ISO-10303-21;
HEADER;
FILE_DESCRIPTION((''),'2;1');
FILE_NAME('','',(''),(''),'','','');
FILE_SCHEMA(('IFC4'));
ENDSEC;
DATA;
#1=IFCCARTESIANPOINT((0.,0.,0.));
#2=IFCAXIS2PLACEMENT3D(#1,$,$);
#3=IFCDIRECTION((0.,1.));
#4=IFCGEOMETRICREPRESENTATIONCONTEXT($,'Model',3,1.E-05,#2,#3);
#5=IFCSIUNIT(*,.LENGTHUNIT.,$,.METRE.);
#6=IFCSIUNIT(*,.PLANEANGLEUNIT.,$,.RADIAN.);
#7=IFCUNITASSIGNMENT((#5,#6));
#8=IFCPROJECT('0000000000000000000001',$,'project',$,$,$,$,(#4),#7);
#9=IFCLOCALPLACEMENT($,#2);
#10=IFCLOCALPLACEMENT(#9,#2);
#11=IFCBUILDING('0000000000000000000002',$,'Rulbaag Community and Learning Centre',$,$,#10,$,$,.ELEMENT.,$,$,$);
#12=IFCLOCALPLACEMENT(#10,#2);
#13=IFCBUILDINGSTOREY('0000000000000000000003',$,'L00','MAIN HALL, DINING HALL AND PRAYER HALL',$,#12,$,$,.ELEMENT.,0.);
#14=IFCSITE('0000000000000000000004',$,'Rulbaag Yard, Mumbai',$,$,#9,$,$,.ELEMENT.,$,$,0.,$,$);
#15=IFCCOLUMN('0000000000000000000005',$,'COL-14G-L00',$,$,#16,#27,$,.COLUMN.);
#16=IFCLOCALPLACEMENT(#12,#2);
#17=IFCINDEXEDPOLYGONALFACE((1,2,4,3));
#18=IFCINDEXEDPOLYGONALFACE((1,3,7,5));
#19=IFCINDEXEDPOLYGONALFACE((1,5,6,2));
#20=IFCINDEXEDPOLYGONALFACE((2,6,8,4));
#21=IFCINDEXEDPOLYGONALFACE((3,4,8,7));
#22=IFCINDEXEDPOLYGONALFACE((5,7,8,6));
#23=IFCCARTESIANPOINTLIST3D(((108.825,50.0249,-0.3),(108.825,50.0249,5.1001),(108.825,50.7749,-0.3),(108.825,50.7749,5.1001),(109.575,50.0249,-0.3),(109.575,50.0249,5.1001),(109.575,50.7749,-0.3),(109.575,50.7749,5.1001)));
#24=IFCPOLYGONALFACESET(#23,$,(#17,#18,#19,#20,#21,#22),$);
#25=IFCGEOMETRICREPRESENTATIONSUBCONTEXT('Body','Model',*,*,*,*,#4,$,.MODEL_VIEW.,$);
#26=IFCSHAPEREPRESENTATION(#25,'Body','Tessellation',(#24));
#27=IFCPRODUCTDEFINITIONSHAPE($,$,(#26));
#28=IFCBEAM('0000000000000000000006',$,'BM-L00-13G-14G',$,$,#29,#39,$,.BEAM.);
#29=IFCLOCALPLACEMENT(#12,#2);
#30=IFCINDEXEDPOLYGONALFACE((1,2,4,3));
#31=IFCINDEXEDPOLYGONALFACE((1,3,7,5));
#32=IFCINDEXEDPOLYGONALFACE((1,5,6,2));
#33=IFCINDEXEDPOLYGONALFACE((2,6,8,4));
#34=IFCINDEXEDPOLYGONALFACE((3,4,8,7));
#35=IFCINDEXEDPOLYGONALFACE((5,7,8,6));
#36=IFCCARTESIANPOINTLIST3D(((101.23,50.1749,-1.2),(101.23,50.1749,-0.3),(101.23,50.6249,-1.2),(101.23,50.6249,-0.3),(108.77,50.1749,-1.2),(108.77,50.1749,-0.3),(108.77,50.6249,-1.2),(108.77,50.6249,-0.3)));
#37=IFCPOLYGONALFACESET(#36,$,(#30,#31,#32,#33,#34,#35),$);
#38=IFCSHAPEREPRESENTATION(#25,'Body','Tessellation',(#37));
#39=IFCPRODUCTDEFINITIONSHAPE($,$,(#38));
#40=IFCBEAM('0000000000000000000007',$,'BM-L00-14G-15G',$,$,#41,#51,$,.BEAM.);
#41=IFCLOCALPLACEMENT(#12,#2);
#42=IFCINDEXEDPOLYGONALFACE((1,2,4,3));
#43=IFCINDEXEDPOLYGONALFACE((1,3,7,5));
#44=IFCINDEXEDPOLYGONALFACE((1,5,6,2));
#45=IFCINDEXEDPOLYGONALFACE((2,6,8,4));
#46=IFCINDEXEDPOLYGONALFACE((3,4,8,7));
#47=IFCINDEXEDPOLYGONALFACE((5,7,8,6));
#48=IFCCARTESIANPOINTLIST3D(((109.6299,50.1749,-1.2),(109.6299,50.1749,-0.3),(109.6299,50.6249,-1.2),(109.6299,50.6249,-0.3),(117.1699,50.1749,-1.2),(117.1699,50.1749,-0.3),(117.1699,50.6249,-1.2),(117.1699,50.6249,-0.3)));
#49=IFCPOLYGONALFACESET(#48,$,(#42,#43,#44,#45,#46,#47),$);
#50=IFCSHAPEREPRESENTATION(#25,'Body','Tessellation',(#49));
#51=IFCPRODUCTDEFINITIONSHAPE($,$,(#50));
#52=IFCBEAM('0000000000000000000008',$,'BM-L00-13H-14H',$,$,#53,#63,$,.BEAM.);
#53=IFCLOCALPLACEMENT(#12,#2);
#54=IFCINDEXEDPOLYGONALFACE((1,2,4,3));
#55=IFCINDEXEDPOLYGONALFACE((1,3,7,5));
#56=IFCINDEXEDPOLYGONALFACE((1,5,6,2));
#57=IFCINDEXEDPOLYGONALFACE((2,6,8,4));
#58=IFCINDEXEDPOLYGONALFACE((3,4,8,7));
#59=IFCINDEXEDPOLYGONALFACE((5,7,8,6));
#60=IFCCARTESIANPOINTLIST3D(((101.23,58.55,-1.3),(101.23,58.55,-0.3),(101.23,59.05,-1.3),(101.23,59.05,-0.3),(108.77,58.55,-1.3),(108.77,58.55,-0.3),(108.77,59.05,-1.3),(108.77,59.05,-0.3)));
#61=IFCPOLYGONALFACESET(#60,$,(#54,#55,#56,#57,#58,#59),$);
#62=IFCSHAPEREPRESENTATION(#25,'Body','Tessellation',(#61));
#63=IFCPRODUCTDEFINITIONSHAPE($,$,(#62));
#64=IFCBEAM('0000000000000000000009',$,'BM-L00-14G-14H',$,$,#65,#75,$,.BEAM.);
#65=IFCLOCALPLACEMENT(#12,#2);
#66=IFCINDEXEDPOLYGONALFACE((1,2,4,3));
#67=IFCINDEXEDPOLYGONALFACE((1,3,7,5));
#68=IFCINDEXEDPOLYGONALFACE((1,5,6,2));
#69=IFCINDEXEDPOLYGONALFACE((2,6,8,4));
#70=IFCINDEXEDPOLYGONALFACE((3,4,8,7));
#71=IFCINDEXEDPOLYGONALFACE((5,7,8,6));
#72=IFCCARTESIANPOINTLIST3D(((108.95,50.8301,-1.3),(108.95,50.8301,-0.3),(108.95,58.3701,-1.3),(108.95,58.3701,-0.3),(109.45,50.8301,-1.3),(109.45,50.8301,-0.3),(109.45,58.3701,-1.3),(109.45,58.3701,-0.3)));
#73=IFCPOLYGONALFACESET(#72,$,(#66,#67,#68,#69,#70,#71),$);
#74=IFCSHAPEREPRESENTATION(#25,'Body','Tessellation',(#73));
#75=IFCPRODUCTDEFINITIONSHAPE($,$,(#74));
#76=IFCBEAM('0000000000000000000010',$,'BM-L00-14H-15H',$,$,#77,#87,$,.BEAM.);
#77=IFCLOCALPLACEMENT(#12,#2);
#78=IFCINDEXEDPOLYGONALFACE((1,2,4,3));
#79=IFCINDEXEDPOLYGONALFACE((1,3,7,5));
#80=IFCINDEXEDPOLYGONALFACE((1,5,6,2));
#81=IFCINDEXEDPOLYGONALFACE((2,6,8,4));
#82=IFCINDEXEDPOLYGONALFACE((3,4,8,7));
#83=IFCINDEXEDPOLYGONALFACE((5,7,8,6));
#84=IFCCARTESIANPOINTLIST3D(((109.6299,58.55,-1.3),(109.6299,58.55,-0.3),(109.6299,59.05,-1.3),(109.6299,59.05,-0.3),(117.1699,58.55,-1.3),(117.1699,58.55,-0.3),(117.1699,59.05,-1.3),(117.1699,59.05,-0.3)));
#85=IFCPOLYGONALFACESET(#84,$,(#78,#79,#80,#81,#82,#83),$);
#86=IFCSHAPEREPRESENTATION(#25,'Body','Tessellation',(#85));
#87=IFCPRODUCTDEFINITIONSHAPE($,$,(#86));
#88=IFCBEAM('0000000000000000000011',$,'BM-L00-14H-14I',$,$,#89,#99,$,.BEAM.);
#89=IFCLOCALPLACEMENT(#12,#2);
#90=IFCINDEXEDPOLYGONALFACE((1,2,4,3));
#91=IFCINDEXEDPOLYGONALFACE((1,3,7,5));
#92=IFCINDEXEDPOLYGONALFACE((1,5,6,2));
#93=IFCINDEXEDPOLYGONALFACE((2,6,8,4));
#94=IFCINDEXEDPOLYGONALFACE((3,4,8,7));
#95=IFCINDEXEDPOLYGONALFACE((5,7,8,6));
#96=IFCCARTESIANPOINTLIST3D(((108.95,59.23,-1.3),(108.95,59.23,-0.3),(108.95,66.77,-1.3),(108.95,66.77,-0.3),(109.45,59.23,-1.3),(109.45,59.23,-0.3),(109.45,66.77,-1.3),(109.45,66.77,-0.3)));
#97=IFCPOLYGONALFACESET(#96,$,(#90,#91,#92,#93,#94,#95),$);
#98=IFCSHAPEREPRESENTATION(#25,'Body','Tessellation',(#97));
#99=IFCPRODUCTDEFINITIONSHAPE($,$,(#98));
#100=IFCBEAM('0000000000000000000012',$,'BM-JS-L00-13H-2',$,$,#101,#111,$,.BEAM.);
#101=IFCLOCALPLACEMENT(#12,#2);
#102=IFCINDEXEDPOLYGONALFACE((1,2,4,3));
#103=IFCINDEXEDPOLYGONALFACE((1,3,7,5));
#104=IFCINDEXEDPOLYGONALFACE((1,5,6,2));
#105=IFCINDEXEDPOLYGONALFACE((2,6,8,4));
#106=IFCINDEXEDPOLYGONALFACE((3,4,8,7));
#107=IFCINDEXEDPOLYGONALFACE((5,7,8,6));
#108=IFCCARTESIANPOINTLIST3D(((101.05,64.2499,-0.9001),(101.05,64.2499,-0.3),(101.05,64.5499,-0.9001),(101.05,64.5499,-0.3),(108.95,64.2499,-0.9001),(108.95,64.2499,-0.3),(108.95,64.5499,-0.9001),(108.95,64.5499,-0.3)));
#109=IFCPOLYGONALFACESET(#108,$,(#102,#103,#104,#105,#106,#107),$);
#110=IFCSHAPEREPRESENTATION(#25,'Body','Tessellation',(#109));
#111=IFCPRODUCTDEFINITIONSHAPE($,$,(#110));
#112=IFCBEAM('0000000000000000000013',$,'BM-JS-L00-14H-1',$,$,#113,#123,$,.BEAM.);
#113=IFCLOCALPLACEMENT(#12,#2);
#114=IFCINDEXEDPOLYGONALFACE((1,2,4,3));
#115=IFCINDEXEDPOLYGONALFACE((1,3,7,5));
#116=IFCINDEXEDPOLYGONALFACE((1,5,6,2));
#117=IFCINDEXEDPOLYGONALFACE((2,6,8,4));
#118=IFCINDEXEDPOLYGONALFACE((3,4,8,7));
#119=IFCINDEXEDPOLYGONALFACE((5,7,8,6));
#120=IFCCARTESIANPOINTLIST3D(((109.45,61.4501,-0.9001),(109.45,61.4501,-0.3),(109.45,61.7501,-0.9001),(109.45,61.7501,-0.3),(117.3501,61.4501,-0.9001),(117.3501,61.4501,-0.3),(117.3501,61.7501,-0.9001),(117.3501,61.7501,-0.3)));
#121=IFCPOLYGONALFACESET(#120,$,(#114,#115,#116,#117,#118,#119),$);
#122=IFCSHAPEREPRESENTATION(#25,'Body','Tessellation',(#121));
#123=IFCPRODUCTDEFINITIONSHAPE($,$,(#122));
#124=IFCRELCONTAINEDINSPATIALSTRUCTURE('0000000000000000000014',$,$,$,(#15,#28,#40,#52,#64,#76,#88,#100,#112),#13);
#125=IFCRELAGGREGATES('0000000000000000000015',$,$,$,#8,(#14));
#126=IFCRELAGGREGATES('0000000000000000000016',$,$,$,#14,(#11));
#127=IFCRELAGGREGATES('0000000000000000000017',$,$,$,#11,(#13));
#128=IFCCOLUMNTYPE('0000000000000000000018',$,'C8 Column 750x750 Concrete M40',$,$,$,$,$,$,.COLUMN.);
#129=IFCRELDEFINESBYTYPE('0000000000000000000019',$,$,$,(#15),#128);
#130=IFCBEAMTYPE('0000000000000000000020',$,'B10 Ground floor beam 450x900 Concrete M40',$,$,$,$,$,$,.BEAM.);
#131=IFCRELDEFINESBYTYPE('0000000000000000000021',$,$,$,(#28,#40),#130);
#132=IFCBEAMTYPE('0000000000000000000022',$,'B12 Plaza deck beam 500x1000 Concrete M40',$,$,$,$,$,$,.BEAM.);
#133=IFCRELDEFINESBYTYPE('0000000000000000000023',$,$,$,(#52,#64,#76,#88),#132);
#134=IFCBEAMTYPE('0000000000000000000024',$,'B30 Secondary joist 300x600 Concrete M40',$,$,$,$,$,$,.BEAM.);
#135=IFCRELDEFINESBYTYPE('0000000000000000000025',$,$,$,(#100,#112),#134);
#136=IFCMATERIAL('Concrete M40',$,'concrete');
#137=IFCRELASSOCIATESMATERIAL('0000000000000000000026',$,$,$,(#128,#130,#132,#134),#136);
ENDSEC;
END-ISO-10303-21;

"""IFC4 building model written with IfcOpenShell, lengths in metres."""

from ifc_helpers import new_model, si_unit, direction, frame, origin, origin_2d, place, context, subcontext, project, spatial, rectangle, extrude, material, material_profile, profile_set, type_object, element, save


model = new_model("IFC4")

# Units and contexts
model_context = context("Model", 3, precision=1e-05, world=origin(), true_north=direction((0.0, 1.0)))
body_context = subcontext(model_context, "Body", "Model", "MODEL_VIEW")
ifc_project = project(units=[si_unit("LENGTHUNIT", "METRE"), si_unit("PLANEANGLEUNIT", "RADIAN")], contexts=[model_context])

# Site, building, storey
site_placement = place(None, origin())
site = spatial("IfcSite", under=ifc_project, at=site_placement, Name="Rulbaag Yard, Mumbai", CompositionType="ELEMENT", RefElevation=0.0)
building_placement = place(site_placement, origin())
building = spatial("IfcBuilding", under=site, at=building_placement, Name="Rulbaag Community and Learning Centre", CompositionType="ELEMENT")
storey_placement = place(building_placement, origin())
storey = spatial("IfcBuildingStorey", under=building, at=storey_placement, Name="L00", Description="MAIN HALL, DINING HALL AND PRAYER HALL", CompositionType="ELEMENT", Elevation=0.0)

# Column
ifc_material_1 = material(Name="Concrete M40", Category="concrete")
ifc_material_profile_1 = material_profile(ifc_material_1, rectangle(XDim=0.75, YDim=0.75, at=origin_2d()), Name="RC750x750")
ifc_profile_set_1 = profile_set([ifc_material_profile_1], Name="Concrete M40")
column_type = type_object("IfcColumnType", Name="C8 Column 750x750 Concrete M40", PredefinedType="COLUMN", material=ifc_profile_set_1)
column_placement = place(storey_placement, frame((109.2, 50.3999, -0.3), z_axis=(0.0, 0.0, 1.0), x_axis=(1.0, 0.0, 0.0)))
element("IfcColumn", 1, at=column_placement, inside=storey, type_object=column_type, Name="COL-14G-L00", PredefinedType="COLUMN", context=body_context, shape_type="SweptSolid", body=[
    extrude(rectangle(XDim=0.75, YDim=0.75, at=origin_2d()), origin(), (0.0, 0.0, 1.0), 5.4001),
])

# Beams
ifc_material_profile_2 = material_profile(ifc_material_1, rectangle(XDim=0.45, YDim=0.8999, at=origin_2d()), Name="RB450x900")
ifc_profile_set_2 = profile_set([ifc_material_profile_2], Name="Concrete M40")
beam_type_1 = type_object("IfcBeamType", Name="B10 Ground floor beam 450x900 Concrete M40", PredefinedType="BEAM", material=ifc_profile_set_2)
for number, where, z_axis, x_axis, name in (
    (2, (101.23, 50.3999, -0.75), (1.0, 0.0, 0.0), (0.0, 1.0, 0.0), "BM-L00-13G-14G"),
    (3, (109.6299, 50.3999, -0.75), (1.0, 0.0, 0.0), (0.0, 1.0, 0.0), "BM-L00-14G-15G"),
):
    element("IfcBeam", number, at=place(storey_placement, frame(where, z_axis=z_axis, x_axis=x_axis)), inside=storey, type_object=beam_type_1, Name=name, PredefinedType="BEAM", context=body_context, shape_type="SweptSolid", body=[
        extrude(rectangle(XDim=0.45, YDim=0.8999, at=origin_2d()), origin(), (0.0, 0.0, 1.0), 7.54),
    ])
ifc_material_profile_3 = material_profile(ifc_material_1, rectangle(XDim=0.5, YDim=1.0, at=origin_2d()), Name="RB500x1000")
ifc_profile_set_3 = profile_set([ifc_material_profile_3], Name="Concrete M40")
beam_type_2 = type_object("IfcBeamType", Name="B12 Plaza deck beam 500x1000 Concrete M40", PredefinedType="BEAM", material=ifc_profile_set_3)
for number, where, z_axis, x_axis, name in (
    (4, (101.23, 58.8, -0.8), (1.0, 0.0, 0.0), (0.0, 1.0, 0.0), "BM-L00-13H-14H"),
    (5, (109.2, 50.8301, -0.8), (0.0, 1.0, 0.0), (-1.0, 0.0, 0.0), "BM-L00-14G-14H"),
    (6, (109.6299, 58.8, -0.8), (1.0, 0.0, 0.0), (0.0, 1.0, 0.0), "BM-L00-14H-15H"),
    (7, (109.2, 59.23, -0.8), (0.0, 1.0, 0.0), (-1.0, 0.0, 0.0), "BM-L00-14H-14I"),
):
    element("IfcBeam", number, at=place(storey_placement, frame(where, z_axis=z_axis, x_axis=x_axis)), inside=storey, type_object=beam_type_2, Name=name, PredefinedType="BEAM", context=body_context, shape_type="SweptSolid", body=[
        extrude(rectangle(XDim=0.5, YDim=1.0, at=origin_2d()), origin(), (0.0, 0.0, 1.0), 7.54),
    ])
ifc_material_profile_4 = material_profile(ifc_material_1, rectangle(XDim=0.3, YDim=0.6001, at=origin_2d()), Name="RB300x600")
ifc_profile_set_4 = profile_set([ifc_material_profile_4], Name="Concrete M40")
beam_type_3 = type_object("IfcBeamType", Name="B30 Secondary joist 300x600 Concrete M40", PredefinedType="BEAM", material=ifc_profile_set_4)
beam_1_placement = place(storey_placement, frame((101.05, 64.3999, -0.6001), z_axis=(1.0, 0.0, 0.0), x_axis=(0.0, 1.0, 0.0)))
element("IfcBeam", 8, at=beam_1_placement, inside=storey, type_object=beam_type_3, Name="BM-JS-L00-13H-2", PredefinedType="BEAM", context=body_context, shape_type="SweptSolid", body=[
    extrude(rectangle(XDim=0.3, YDim=0.6001, at=origin_2d()), origin(), (0.0, 0.0, 1.0), 7.8999),
])
beam_2_placement = place(storey_placement, frame((109.45, 61.6001, -0.6001), z_axis=(1.0, 0.0, 0.0), x_axis=(0.0, 1.0, 0.0)))
element("IfcBeam", 9, at=beam_2_placement, inside=storey, type_object=beam_type_3, Name="BM-JS-L00-14H-1", PredefinedType="BEAM", context=body_context, shape_type="SweptSolid", body=[
    extrude(rectangle(XDim=0.3, YDim=0.6001, at=origin_2d()), origin(), (0.0, 0.0, 1.0), 7.9001),
])

save(model, "model.ifc")
